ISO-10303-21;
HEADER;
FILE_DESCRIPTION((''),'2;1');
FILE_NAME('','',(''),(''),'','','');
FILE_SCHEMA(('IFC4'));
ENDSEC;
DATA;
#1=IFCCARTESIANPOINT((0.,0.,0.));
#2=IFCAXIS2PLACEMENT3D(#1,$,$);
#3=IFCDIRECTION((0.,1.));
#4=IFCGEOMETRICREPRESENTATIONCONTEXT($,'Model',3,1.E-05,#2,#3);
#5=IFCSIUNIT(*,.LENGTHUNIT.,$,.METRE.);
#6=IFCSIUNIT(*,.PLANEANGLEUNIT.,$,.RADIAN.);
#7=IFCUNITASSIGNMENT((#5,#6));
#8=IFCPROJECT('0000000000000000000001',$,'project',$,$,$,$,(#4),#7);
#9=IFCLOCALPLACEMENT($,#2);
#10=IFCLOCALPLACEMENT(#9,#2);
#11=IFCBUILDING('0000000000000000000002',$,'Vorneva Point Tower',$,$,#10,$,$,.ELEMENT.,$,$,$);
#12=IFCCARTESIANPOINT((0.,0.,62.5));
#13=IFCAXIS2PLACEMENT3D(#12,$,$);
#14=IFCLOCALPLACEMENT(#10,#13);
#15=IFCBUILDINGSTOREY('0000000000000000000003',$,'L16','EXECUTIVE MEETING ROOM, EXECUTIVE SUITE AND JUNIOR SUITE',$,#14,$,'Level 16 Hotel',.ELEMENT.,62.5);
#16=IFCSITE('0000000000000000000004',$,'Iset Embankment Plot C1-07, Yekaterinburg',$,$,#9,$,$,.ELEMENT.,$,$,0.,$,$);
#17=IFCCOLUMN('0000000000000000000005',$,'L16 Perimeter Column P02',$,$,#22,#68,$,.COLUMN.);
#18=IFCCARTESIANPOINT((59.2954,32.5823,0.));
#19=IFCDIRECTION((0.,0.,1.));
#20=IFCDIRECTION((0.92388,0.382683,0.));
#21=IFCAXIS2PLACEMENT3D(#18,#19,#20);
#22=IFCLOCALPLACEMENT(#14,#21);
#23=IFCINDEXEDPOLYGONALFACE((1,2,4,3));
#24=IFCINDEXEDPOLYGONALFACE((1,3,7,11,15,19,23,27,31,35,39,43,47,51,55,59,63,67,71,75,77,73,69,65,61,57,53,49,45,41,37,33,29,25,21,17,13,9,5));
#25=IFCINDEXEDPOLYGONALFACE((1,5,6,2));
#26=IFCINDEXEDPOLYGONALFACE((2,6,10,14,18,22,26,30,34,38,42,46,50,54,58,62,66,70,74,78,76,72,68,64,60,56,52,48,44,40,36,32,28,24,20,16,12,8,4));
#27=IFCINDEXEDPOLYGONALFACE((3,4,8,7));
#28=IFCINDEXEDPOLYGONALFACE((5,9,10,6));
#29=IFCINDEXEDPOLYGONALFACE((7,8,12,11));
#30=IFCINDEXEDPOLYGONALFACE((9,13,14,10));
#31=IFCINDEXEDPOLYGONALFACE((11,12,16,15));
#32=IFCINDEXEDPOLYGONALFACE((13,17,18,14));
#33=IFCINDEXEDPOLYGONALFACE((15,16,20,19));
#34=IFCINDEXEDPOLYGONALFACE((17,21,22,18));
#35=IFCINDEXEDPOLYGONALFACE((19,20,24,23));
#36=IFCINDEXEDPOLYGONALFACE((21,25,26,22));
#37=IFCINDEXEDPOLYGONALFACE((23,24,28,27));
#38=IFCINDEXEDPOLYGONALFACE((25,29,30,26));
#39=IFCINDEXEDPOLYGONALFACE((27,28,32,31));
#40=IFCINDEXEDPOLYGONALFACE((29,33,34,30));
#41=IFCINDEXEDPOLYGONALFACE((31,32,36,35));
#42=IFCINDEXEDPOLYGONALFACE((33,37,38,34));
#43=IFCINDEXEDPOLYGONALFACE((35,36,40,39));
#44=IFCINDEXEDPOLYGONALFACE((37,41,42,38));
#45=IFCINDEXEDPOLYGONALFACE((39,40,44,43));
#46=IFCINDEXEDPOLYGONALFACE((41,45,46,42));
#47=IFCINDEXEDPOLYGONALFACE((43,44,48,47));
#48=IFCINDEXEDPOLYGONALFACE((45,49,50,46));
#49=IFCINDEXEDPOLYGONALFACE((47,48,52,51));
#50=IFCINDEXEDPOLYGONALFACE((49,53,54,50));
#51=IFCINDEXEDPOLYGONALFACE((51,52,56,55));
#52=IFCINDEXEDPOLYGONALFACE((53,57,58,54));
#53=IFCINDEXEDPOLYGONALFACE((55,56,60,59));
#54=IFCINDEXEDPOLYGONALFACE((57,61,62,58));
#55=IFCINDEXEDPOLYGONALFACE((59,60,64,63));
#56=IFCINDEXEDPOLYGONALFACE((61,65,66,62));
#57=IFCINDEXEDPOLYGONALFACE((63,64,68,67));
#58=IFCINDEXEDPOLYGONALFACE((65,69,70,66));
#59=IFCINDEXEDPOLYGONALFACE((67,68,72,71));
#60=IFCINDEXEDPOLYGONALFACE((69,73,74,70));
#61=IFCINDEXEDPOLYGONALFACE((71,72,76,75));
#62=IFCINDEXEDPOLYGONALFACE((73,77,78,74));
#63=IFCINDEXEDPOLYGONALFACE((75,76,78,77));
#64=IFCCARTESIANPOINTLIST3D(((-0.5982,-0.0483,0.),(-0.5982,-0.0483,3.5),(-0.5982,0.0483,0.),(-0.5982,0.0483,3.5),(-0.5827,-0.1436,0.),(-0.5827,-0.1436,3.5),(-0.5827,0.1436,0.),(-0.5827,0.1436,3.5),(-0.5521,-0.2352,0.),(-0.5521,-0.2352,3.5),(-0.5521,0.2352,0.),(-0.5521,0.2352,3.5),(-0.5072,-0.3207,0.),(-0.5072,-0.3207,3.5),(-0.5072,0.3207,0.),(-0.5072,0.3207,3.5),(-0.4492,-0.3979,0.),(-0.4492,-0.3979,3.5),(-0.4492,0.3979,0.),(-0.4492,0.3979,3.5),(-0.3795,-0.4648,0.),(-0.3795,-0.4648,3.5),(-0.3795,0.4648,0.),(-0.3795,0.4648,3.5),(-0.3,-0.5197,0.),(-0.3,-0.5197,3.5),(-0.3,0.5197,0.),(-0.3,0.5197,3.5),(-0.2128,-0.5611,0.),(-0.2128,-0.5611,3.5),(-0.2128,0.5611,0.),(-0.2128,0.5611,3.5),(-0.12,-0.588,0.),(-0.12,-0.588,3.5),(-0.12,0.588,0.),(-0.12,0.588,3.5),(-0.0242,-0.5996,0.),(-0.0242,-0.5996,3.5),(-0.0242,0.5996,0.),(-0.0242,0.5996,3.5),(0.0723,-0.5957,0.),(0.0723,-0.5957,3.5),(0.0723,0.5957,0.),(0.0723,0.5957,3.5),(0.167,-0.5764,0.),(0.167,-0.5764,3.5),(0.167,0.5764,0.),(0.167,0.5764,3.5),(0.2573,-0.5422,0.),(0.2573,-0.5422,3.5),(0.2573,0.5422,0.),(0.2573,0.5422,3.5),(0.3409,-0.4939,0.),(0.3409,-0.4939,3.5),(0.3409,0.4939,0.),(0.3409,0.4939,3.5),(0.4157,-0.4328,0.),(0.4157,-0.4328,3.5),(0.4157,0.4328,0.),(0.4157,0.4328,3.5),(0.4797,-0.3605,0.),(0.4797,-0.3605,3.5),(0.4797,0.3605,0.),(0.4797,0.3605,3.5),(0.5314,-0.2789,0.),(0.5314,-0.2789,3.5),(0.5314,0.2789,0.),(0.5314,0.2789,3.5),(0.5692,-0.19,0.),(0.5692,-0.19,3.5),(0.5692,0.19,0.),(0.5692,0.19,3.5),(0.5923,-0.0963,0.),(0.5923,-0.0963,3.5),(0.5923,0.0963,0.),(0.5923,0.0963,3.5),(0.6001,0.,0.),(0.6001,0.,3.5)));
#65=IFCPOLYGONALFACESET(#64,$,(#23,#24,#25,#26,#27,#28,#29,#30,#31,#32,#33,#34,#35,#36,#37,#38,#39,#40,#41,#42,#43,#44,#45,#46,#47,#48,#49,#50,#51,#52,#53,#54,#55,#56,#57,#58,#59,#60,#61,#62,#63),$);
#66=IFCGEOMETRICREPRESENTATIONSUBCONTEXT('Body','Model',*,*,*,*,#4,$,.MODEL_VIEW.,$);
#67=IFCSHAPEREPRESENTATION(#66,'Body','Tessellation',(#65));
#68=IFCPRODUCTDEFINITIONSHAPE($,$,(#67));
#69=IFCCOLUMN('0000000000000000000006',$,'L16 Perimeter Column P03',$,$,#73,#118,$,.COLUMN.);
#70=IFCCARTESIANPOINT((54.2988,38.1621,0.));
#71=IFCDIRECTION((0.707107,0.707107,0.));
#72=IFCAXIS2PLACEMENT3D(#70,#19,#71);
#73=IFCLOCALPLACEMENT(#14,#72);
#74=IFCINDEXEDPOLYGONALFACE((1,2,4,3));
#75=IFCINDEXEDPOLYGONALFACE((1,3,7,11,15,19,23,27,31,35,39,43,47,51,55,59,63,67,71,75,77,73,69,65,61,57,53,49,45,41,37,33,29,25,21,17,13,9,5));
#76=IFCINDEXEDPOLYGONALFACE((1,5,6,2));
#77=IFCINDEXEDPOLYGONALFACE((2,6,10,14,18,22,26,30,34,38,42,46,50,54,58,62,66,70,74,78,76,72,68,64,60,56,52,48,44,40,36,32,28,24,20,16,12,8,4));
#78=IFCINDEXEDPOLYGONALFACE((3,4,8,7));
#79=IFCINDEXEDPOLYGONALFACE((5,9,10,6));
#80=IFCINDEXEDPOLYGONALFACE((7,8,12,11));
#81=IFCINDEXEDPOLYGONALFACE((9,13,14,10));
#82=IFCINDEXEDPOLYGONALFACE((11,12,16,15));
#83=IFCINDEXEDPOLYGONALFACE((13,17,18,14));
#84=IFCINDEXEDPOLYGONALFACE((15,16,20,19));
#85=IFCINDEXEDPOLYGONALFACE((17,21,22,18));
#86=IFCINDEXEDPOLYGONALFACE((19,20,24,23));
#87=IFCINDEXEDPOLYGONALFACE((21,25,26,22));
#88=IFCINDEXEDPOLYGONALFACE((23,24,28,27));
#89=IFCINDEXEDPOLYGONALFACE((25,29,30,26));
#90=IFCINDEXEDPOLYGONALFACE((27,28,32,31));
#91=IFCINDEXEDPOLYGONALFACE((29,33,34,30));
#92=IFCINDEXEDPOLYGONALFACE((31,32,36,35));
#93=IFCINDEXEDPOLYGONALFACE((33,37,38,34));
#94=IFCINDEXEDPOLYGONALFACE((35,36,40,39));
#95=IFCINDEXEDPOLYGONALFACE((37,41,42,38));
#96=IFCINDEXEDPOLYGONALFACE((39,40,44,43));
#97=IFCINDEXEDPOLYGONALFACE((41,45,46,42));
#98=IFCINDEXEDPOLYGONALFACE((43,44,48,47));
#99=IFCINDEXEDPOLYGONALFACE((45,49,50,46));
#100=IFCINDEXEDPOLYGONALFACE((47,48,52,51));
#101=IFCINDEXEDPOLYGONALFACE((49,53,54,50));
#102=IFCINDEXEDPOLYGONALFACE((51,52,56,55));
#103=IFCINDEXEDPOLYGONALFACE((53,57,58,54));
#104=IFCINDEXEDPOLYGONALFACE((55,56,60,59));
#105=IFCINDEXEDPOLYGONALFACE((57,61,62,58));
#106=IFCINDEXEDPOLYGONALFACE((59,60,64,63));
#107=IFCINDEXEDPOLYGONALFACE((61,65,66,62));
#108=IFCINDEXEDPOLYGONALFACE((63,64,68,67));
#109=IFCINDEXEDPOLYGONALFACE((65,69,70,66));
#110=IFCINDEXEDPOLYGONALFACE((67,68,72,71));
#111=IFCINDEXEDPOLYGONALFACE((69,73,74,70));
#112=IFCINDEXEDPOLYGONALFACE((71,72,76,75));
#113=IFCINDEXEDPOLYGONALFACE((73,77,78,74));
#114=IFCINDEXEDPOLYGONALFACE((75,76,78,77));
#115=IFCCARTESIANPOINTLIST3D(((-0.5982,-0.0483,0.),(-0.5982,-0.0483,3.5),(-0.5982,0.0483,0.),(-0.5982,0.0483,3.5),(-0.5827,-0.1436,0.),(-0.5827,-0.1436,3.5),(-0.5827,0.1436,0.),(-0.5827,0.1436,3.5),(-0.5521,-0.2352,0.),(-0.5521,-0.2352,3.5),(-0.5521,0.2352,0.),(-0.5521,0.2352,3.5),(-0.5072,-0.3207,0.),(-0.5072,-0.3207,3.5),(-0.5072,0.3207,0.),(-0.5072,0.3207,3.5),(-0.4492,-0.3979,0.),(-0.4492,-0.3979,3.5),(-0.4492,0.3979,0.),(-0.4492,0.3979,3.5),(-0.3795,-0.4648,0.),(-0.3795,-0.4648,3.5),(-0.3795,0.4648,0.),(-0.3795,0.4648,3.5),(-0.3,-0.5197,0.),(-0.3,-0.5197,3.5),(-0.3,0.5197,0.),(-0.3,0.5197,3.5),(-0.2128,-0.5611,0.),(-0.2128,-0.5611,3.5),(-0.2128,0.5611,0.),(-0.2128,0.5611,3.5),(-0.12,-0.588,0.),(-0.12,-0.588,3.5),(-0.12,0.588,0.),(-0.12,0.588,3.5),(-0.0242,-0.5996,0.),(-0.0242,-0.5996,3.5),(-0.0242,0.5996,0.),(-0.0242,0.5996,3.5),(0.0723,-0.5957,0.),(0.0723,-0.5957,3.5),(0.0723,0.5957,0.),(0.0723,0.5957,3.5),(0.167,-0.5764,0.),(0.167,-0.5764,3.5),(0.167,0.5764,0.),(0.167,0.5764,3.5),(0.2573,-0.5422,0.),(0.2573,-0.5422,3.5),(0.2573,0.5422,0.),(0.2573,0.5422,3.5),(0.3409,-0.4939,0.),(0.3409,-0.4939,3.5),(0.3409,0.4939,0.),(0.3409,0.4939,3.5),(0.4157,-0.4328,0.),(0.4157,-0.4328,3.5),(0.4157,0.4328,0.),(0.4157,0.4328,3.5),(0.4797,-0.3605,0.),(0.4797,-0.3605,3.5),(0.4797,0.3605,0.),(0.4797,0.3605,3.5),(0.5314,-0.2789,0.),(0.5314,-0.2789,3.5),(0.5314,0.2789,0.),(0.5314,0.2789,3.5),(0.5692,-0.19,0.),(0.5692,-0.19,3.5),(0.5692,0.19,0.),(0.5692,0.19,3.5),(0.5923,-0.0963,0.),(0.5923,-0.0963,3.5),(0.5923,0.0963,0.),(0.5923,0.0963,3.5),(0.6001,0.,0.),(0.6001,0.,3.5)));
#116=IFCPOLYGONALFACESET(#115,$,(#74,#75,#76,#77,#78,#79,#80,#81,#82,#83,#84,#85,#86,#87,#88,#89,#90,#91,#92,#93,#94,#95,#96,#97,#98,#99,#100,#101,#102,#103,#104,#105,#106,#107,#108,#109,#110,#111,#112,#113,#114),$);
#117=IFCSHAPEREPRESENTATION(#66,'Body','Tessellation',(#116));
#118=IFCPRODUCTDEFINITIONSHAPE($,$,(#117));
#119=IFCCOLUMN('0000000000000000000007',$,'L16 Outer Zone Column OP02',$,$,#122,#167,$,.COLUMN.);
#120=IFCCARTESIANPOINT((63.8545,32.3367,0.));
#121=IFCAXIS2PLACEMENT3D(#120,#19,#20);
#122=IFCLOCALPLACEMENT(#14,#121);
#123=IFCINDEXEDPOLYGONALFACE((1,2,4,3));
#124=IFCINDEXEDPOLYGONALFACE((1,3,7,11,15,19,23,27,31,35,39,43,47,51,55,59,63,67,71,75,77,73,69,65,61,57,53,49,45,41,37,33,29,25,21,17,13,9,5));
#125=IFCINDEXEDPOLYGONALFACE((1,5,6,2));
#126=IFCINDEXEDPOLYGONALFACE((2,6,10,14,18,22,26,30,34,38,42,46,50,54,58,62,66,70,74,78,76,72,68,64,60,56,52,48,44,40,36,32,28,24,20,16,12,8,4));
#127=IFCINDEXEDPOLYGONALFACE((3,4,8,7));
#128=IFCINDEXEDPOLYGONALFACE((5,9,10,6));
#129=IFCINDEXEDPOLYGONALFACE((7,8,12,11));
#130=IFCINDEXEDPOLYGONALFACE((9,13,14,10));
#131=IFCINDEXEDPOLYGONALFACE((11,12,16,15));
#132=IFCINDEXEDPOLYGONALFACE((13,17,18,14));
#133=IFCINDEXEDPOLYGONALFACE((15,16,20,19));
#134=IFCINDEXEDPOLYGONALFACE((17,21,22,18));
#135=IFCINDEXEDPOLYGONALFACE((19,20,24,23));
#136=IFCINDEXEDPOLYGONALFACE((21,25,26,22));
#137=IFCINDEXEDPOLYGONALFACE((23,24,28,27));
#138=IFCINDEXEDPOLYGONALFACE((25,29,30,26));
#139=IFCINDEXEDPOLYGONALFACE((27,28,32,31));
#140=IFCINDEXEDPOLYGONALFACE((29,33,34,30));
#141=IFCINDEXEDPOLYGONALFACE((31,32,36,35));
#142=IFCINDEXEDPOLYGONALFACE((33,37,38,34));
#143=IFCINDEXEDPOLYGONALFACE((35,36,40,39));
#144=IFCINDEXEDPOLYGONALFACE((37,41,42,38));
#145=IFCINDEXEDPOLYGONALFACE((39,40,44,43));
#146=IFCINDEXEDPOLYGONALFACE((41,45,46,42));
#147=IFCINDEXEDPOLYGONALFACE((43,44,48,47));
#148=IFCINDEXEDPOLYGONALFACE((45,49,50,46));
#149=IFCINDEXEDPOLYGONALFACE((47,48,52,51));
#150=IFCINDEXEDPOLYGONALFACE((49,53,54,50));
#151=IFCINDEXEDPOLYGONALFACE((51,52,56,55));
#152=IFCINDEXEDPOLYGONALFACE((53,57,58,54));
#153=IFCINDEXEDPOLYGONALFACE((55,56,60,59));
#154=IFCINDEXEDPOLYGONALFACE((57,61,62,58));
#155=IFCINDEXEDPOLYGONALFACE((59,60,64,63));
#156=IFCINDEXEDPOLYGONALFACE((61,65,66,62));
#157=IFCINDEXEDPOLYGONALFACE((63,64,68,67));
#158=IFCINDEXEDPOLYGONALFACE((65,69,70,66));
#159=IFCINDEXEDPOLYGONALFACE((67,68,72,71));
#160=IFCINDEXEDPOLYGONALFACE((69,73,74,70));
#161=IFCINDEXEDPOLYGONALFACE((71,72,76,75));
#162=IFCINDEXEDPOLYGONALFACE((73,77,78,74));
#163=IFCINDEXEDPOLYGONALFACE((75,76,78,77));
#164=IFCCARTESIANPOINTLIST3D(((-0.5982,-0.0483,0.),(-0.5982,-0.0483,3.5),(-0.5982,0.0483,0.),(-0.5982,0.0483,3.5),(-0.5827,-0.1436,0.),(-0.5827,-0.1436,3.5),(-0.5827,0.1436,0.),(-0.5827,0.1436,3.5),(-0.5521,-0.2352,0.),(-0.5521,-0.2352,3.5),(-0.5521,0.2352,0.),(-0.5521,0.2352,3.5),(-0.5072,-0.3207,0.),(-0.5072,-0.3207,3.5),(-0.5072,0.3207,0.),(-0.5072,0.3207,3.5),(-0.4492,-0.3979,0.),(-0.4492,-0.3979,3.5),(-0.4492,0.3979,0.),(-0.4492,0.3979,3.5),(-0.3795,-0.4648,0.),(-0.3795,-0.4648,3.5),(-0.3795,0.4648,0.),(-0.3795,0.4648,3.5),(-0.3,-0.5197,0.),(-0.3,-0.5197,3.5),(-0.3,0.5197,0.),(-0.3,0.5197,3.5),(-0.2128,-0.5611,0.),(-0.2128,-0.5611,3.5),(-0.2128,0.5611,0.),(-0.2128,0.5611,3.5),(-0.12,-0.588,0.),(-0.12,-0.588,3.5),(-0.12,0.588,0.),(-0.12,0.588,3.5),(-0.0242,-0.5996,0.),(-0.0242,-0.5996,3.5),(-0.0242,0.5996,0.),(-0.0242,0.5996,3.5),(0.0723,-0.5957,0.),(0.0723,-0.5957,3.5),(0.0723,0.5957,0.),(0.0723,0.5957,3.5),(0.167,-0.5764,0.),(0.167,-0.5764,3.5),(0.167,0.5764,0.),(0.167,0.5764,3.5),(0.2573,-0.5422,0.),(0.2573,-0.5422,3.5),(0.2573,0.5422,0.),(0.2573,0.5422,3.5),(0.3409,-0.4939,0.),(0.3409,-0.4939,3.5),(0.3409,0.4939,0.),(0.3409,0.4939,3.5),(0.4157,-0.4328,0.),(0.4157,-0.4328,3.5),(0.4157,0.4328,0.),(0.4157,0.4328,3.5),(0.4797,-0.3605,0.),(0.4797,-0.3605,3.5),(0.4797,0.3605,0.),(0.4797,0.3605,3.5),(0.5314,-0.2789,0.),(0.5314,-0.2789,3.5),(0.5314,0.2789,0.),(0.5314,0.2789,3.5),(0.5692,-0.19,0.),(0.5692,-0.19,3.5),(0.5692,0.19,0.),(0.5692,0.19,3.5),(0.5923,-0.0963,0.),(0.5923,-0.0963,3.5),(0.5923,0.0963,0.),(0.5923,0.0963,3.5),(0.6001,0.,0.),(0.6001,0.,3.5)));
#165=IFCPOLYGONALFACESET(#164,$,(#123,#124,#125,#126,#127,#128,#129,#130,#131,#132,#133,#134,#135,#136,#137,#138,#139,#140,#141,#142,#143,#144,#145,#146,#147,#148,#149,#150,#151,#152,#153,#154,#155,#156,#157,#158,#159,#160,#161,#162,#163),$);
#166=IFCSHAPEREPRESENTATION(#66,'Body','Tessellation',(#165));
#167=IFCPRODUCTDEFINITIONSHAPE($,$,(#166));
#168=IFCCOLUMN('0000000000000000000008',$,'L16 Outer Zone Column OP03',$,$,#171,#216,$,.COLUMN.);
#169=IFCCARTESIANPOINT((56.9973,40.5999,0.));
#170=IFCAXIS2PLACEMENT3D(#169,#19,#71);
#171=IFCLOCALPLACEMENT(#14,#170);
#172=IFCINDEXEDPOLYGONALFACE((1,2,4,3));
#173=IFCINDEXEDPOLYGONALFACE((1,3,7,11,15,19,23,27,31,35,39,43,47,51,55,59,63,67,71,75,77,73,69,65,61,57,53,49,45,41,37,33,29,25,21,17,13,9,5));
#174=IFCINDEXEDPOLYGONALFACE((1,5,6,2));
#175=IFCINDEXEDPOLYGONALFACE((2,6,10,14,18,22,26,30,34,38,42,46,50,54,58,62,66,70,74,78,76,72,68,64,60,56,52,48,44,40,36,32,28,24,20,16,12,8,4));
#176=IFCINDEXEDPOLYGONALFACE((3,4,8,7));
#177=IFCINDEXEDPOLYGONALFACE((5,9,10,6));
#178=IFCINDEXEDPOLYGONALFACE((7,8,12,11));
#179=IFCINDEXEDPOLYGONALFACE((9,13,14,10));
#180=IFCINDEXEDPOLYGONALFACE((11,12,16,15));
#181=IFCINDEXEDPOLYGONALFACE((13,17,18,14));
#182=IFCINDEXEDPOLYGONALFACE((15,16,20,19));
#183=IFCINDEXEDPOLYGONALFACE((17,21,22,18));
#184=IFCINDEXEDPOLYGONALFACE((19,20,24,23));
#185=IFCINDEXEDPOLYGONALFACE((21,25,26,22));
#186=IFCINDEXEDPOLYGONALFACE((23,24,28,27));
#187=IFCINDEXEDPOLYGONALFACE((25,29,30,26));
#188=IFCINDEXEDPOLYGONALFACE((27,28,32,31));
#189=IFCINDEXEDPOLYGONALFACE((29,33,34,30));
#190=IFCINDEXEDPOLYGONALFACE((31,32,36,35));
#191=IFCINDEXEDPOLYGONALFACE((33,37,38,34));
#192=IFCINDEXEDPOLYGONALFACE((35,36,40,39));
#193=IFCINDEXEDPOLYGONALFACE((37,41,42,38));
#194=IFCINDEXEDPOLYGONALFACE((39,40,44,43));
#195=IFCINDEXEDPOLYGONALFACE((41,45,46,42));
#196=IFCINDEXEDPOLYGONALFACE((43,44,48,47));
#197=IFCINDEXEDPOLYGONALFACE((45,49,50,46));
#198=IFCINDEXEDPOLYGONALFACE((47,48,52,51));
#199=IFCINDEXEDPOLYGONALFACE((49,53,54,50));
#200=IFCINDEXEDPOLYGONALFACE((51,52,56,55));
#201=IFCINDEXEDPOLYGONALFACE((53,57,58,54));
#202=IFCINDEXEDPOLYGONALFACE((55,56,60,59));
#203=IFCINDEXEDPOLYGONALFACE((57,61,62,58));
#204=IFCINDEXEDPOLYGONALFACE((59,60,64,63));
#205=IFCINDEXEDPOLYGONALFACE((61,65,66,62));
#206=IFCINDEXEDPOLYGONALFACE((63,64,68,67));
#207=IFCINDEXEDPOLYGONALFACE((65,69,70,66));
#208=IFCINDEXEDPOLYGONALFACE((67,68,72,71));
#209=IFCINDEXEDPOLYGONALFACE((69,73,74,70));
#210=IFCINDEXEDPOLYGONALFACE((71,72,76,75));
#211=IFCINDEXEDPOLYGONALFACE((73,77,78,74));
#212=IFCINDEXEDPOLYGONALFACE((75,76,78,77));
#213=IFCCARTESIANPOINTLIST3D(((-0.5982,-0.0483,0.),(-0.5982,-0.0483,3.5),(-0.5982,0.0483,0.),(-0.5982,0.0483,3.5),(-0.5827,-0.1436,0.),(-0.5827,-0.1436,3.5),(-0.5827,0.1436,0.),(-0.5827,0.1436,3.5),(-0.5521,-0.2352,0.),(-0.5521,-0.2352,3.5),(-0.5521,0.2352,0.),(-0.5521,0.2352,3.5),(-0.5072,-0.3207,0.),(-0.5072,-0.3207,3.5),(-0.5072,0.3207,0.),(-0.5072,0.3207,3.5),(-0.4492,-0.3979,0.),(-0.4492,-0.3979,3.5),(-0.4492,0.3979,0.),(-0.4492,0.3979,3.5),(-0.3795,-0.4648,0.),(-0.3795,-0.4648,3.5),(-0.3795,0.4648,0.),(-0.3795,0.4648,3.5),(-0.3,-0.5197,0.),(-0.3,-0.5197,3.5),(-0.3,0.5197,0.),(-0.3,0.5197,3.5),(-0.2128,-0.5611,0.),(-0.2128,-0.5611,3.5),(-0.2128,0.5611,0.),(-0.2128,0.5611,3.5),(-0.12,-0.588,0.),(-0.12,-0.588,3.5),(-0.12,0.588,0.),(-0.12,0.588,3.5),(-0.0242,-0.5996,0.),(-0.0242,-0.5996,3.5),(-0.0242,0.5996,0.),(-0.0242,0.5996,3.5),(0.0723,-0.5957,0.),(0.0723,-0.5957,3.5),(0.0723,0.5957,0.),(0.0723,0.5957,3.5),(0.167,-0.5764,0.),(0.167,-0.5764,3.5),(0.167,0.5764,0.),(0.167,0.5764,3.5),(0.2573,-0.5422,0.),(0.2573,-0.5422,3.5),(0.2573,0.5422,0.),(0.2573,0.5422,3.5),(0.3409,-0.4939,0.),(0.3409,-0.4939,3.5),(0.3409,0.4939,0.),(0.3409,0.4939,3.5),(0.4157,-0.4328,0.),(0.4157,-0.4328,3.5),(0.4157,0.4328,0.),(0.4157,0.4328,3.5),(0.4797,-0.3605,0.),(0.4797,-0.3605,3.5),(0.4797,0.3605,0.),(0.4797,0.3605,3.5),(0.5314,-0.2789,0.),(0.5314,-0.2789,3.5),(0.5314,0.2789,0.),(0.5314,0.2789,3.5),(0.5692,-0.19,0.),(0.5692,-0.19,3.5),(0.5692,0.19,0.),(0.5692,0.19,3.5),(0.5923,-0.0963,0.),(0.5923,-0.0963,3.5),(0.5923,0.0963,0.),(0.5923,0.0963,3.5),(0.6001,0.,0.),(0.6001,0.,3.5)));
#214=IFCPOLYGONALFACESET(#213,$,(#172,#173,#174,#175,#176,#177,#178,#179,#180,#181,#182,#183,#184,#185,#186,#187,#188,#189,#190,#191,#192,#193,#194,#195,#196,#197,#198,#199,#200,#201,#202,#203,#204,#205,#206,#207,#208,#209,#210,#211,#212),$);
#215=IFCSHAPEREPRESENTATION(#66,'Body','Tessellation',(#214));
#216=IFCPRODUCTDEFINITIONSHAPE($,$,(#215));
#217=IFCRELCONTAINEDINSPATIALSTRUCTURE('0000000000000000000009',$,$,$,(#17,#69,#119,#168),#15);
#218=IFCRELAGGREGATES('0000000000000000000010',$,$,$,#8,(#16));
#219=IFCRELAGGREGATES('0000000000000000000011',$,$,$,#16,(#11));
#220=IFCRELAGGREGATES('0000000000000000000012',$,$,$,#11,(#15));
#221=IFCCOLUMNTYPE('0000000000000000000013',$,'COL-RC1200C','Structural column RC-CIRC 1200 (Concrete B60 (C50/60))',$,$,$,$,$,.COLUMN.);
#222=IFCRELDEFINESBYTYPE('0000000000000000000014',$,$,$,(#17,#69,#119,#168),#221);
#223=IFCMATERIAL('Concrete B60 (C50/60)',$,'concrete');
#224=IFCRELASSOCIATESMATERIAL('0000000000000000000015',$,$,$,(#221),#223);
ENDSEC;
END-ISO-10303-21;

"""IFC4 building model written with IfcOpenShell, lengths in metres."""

from ifc_helpers import new_model, si_unit, direction, frame, origin, origin_2d, place, context, subcontext, project, spatial, circle, extrude, material, material_profile, profile_set, type_object, element, save


model = new_model("IFC4")

# Units and contexts
model_context = context("Model", 3, precision=1e-05, world=origin(), true_north=direction((0.0, 1.0)))
body_context = subcontext(model_context, "Body", "Model", "MODEL_VIEW")
ifc_project = project(units=[si_unit("LENGTHUNIT", "METRE"), si_unit("PLANEANGLEUNIT", "RADIAN")], contexts=[model_context])

# Site, building, storey
site_placement = place(None, origin())
site = spatial("IfcSite", under=ifc_project, at=site_placement, Name="Iset Embankment Plot C1-07, Yekaterinburg", CompositionType="ELEMENT", RefElevation=0.0)
building_placement = place(site_placement, origin())
building = spatial("IfcBuilding", under=site, at=building_placement, Name="Vorneva Point Tower", CompositionType="ELEMENT")
storey_placement = place(building_placement, frame((0.0, 0.0, 62.5)))
storey = spatial("IfcBuildingStorey", under=building, at=storey_placement, Name="L16", Description="EXECUTIVE MEETING ROOM, EXECUTIVE SUITE AND JUNIOR SUITE", LongName="Level 16 Hotel", CompositionType="ELEMENT", Elevation=62.5)

# Columns
ifc_material_1 = material(Name="Concrete B60 (C50/60)", Category="concrete")
ifc_material_profile_1 = material_profile(ifc_material_1, circle(Radius=0.6001, at=origin_2d()), Name="RC-CIRC 1200")
ifc_profile_set_1 = profile_set([ifc_material_profile_1], Name="Concrete B60 (C50/60)")
column_type = type_object("IfcColumnType", Name="COL-RC1200C", Description="Structural column RC-CIRC 1200 (Concrete B60 (C50/60))", PredefinedType="COLUMN", material=ifc_profile_set_1)
for number, where, z_axis, x_axis, name in (
    (1, (59.2954, 32.5823, 0.0), (0.0, 0.0, 1.0), (0.92388, 0.382683, 0.0), "L16 Perimeter Column P02"),
    (2, (54.2988, 38.1621, 0.0), (0.0, 0.0, 1.0), (0.707107, 0.707107, 0.0), "L16 Perimeter Column P03"),
    (3, (63.8545, 32.3367, 0.0), (0.0, 0.0, 1.0), (0.92388, 0.382683, 0.0), "L16 Outer Zone Column OP02"),
    (4, (56.9973, 40.5999, 0.0), (0.0, 0.0, 1.0), (0.707107, 0.707107, 0.0), "L16 Outer Zone Column OP03"),
):
    element("IfcColumn", number, at=place(storey_placement, frame(where, z_axis=z_axis, x_axis=x_axis)), inside=storey, type_object=column_type, Name=name, PredefinedType="COLUMN", context=body_context, shape_type="SweptSolid", body=[
        extrude(circle(Radius=0.6001, at=origin_2d()), origin(), (0.0, 0.0, 1.0), 3.5),
    ])

save(model, "model.ifc")
